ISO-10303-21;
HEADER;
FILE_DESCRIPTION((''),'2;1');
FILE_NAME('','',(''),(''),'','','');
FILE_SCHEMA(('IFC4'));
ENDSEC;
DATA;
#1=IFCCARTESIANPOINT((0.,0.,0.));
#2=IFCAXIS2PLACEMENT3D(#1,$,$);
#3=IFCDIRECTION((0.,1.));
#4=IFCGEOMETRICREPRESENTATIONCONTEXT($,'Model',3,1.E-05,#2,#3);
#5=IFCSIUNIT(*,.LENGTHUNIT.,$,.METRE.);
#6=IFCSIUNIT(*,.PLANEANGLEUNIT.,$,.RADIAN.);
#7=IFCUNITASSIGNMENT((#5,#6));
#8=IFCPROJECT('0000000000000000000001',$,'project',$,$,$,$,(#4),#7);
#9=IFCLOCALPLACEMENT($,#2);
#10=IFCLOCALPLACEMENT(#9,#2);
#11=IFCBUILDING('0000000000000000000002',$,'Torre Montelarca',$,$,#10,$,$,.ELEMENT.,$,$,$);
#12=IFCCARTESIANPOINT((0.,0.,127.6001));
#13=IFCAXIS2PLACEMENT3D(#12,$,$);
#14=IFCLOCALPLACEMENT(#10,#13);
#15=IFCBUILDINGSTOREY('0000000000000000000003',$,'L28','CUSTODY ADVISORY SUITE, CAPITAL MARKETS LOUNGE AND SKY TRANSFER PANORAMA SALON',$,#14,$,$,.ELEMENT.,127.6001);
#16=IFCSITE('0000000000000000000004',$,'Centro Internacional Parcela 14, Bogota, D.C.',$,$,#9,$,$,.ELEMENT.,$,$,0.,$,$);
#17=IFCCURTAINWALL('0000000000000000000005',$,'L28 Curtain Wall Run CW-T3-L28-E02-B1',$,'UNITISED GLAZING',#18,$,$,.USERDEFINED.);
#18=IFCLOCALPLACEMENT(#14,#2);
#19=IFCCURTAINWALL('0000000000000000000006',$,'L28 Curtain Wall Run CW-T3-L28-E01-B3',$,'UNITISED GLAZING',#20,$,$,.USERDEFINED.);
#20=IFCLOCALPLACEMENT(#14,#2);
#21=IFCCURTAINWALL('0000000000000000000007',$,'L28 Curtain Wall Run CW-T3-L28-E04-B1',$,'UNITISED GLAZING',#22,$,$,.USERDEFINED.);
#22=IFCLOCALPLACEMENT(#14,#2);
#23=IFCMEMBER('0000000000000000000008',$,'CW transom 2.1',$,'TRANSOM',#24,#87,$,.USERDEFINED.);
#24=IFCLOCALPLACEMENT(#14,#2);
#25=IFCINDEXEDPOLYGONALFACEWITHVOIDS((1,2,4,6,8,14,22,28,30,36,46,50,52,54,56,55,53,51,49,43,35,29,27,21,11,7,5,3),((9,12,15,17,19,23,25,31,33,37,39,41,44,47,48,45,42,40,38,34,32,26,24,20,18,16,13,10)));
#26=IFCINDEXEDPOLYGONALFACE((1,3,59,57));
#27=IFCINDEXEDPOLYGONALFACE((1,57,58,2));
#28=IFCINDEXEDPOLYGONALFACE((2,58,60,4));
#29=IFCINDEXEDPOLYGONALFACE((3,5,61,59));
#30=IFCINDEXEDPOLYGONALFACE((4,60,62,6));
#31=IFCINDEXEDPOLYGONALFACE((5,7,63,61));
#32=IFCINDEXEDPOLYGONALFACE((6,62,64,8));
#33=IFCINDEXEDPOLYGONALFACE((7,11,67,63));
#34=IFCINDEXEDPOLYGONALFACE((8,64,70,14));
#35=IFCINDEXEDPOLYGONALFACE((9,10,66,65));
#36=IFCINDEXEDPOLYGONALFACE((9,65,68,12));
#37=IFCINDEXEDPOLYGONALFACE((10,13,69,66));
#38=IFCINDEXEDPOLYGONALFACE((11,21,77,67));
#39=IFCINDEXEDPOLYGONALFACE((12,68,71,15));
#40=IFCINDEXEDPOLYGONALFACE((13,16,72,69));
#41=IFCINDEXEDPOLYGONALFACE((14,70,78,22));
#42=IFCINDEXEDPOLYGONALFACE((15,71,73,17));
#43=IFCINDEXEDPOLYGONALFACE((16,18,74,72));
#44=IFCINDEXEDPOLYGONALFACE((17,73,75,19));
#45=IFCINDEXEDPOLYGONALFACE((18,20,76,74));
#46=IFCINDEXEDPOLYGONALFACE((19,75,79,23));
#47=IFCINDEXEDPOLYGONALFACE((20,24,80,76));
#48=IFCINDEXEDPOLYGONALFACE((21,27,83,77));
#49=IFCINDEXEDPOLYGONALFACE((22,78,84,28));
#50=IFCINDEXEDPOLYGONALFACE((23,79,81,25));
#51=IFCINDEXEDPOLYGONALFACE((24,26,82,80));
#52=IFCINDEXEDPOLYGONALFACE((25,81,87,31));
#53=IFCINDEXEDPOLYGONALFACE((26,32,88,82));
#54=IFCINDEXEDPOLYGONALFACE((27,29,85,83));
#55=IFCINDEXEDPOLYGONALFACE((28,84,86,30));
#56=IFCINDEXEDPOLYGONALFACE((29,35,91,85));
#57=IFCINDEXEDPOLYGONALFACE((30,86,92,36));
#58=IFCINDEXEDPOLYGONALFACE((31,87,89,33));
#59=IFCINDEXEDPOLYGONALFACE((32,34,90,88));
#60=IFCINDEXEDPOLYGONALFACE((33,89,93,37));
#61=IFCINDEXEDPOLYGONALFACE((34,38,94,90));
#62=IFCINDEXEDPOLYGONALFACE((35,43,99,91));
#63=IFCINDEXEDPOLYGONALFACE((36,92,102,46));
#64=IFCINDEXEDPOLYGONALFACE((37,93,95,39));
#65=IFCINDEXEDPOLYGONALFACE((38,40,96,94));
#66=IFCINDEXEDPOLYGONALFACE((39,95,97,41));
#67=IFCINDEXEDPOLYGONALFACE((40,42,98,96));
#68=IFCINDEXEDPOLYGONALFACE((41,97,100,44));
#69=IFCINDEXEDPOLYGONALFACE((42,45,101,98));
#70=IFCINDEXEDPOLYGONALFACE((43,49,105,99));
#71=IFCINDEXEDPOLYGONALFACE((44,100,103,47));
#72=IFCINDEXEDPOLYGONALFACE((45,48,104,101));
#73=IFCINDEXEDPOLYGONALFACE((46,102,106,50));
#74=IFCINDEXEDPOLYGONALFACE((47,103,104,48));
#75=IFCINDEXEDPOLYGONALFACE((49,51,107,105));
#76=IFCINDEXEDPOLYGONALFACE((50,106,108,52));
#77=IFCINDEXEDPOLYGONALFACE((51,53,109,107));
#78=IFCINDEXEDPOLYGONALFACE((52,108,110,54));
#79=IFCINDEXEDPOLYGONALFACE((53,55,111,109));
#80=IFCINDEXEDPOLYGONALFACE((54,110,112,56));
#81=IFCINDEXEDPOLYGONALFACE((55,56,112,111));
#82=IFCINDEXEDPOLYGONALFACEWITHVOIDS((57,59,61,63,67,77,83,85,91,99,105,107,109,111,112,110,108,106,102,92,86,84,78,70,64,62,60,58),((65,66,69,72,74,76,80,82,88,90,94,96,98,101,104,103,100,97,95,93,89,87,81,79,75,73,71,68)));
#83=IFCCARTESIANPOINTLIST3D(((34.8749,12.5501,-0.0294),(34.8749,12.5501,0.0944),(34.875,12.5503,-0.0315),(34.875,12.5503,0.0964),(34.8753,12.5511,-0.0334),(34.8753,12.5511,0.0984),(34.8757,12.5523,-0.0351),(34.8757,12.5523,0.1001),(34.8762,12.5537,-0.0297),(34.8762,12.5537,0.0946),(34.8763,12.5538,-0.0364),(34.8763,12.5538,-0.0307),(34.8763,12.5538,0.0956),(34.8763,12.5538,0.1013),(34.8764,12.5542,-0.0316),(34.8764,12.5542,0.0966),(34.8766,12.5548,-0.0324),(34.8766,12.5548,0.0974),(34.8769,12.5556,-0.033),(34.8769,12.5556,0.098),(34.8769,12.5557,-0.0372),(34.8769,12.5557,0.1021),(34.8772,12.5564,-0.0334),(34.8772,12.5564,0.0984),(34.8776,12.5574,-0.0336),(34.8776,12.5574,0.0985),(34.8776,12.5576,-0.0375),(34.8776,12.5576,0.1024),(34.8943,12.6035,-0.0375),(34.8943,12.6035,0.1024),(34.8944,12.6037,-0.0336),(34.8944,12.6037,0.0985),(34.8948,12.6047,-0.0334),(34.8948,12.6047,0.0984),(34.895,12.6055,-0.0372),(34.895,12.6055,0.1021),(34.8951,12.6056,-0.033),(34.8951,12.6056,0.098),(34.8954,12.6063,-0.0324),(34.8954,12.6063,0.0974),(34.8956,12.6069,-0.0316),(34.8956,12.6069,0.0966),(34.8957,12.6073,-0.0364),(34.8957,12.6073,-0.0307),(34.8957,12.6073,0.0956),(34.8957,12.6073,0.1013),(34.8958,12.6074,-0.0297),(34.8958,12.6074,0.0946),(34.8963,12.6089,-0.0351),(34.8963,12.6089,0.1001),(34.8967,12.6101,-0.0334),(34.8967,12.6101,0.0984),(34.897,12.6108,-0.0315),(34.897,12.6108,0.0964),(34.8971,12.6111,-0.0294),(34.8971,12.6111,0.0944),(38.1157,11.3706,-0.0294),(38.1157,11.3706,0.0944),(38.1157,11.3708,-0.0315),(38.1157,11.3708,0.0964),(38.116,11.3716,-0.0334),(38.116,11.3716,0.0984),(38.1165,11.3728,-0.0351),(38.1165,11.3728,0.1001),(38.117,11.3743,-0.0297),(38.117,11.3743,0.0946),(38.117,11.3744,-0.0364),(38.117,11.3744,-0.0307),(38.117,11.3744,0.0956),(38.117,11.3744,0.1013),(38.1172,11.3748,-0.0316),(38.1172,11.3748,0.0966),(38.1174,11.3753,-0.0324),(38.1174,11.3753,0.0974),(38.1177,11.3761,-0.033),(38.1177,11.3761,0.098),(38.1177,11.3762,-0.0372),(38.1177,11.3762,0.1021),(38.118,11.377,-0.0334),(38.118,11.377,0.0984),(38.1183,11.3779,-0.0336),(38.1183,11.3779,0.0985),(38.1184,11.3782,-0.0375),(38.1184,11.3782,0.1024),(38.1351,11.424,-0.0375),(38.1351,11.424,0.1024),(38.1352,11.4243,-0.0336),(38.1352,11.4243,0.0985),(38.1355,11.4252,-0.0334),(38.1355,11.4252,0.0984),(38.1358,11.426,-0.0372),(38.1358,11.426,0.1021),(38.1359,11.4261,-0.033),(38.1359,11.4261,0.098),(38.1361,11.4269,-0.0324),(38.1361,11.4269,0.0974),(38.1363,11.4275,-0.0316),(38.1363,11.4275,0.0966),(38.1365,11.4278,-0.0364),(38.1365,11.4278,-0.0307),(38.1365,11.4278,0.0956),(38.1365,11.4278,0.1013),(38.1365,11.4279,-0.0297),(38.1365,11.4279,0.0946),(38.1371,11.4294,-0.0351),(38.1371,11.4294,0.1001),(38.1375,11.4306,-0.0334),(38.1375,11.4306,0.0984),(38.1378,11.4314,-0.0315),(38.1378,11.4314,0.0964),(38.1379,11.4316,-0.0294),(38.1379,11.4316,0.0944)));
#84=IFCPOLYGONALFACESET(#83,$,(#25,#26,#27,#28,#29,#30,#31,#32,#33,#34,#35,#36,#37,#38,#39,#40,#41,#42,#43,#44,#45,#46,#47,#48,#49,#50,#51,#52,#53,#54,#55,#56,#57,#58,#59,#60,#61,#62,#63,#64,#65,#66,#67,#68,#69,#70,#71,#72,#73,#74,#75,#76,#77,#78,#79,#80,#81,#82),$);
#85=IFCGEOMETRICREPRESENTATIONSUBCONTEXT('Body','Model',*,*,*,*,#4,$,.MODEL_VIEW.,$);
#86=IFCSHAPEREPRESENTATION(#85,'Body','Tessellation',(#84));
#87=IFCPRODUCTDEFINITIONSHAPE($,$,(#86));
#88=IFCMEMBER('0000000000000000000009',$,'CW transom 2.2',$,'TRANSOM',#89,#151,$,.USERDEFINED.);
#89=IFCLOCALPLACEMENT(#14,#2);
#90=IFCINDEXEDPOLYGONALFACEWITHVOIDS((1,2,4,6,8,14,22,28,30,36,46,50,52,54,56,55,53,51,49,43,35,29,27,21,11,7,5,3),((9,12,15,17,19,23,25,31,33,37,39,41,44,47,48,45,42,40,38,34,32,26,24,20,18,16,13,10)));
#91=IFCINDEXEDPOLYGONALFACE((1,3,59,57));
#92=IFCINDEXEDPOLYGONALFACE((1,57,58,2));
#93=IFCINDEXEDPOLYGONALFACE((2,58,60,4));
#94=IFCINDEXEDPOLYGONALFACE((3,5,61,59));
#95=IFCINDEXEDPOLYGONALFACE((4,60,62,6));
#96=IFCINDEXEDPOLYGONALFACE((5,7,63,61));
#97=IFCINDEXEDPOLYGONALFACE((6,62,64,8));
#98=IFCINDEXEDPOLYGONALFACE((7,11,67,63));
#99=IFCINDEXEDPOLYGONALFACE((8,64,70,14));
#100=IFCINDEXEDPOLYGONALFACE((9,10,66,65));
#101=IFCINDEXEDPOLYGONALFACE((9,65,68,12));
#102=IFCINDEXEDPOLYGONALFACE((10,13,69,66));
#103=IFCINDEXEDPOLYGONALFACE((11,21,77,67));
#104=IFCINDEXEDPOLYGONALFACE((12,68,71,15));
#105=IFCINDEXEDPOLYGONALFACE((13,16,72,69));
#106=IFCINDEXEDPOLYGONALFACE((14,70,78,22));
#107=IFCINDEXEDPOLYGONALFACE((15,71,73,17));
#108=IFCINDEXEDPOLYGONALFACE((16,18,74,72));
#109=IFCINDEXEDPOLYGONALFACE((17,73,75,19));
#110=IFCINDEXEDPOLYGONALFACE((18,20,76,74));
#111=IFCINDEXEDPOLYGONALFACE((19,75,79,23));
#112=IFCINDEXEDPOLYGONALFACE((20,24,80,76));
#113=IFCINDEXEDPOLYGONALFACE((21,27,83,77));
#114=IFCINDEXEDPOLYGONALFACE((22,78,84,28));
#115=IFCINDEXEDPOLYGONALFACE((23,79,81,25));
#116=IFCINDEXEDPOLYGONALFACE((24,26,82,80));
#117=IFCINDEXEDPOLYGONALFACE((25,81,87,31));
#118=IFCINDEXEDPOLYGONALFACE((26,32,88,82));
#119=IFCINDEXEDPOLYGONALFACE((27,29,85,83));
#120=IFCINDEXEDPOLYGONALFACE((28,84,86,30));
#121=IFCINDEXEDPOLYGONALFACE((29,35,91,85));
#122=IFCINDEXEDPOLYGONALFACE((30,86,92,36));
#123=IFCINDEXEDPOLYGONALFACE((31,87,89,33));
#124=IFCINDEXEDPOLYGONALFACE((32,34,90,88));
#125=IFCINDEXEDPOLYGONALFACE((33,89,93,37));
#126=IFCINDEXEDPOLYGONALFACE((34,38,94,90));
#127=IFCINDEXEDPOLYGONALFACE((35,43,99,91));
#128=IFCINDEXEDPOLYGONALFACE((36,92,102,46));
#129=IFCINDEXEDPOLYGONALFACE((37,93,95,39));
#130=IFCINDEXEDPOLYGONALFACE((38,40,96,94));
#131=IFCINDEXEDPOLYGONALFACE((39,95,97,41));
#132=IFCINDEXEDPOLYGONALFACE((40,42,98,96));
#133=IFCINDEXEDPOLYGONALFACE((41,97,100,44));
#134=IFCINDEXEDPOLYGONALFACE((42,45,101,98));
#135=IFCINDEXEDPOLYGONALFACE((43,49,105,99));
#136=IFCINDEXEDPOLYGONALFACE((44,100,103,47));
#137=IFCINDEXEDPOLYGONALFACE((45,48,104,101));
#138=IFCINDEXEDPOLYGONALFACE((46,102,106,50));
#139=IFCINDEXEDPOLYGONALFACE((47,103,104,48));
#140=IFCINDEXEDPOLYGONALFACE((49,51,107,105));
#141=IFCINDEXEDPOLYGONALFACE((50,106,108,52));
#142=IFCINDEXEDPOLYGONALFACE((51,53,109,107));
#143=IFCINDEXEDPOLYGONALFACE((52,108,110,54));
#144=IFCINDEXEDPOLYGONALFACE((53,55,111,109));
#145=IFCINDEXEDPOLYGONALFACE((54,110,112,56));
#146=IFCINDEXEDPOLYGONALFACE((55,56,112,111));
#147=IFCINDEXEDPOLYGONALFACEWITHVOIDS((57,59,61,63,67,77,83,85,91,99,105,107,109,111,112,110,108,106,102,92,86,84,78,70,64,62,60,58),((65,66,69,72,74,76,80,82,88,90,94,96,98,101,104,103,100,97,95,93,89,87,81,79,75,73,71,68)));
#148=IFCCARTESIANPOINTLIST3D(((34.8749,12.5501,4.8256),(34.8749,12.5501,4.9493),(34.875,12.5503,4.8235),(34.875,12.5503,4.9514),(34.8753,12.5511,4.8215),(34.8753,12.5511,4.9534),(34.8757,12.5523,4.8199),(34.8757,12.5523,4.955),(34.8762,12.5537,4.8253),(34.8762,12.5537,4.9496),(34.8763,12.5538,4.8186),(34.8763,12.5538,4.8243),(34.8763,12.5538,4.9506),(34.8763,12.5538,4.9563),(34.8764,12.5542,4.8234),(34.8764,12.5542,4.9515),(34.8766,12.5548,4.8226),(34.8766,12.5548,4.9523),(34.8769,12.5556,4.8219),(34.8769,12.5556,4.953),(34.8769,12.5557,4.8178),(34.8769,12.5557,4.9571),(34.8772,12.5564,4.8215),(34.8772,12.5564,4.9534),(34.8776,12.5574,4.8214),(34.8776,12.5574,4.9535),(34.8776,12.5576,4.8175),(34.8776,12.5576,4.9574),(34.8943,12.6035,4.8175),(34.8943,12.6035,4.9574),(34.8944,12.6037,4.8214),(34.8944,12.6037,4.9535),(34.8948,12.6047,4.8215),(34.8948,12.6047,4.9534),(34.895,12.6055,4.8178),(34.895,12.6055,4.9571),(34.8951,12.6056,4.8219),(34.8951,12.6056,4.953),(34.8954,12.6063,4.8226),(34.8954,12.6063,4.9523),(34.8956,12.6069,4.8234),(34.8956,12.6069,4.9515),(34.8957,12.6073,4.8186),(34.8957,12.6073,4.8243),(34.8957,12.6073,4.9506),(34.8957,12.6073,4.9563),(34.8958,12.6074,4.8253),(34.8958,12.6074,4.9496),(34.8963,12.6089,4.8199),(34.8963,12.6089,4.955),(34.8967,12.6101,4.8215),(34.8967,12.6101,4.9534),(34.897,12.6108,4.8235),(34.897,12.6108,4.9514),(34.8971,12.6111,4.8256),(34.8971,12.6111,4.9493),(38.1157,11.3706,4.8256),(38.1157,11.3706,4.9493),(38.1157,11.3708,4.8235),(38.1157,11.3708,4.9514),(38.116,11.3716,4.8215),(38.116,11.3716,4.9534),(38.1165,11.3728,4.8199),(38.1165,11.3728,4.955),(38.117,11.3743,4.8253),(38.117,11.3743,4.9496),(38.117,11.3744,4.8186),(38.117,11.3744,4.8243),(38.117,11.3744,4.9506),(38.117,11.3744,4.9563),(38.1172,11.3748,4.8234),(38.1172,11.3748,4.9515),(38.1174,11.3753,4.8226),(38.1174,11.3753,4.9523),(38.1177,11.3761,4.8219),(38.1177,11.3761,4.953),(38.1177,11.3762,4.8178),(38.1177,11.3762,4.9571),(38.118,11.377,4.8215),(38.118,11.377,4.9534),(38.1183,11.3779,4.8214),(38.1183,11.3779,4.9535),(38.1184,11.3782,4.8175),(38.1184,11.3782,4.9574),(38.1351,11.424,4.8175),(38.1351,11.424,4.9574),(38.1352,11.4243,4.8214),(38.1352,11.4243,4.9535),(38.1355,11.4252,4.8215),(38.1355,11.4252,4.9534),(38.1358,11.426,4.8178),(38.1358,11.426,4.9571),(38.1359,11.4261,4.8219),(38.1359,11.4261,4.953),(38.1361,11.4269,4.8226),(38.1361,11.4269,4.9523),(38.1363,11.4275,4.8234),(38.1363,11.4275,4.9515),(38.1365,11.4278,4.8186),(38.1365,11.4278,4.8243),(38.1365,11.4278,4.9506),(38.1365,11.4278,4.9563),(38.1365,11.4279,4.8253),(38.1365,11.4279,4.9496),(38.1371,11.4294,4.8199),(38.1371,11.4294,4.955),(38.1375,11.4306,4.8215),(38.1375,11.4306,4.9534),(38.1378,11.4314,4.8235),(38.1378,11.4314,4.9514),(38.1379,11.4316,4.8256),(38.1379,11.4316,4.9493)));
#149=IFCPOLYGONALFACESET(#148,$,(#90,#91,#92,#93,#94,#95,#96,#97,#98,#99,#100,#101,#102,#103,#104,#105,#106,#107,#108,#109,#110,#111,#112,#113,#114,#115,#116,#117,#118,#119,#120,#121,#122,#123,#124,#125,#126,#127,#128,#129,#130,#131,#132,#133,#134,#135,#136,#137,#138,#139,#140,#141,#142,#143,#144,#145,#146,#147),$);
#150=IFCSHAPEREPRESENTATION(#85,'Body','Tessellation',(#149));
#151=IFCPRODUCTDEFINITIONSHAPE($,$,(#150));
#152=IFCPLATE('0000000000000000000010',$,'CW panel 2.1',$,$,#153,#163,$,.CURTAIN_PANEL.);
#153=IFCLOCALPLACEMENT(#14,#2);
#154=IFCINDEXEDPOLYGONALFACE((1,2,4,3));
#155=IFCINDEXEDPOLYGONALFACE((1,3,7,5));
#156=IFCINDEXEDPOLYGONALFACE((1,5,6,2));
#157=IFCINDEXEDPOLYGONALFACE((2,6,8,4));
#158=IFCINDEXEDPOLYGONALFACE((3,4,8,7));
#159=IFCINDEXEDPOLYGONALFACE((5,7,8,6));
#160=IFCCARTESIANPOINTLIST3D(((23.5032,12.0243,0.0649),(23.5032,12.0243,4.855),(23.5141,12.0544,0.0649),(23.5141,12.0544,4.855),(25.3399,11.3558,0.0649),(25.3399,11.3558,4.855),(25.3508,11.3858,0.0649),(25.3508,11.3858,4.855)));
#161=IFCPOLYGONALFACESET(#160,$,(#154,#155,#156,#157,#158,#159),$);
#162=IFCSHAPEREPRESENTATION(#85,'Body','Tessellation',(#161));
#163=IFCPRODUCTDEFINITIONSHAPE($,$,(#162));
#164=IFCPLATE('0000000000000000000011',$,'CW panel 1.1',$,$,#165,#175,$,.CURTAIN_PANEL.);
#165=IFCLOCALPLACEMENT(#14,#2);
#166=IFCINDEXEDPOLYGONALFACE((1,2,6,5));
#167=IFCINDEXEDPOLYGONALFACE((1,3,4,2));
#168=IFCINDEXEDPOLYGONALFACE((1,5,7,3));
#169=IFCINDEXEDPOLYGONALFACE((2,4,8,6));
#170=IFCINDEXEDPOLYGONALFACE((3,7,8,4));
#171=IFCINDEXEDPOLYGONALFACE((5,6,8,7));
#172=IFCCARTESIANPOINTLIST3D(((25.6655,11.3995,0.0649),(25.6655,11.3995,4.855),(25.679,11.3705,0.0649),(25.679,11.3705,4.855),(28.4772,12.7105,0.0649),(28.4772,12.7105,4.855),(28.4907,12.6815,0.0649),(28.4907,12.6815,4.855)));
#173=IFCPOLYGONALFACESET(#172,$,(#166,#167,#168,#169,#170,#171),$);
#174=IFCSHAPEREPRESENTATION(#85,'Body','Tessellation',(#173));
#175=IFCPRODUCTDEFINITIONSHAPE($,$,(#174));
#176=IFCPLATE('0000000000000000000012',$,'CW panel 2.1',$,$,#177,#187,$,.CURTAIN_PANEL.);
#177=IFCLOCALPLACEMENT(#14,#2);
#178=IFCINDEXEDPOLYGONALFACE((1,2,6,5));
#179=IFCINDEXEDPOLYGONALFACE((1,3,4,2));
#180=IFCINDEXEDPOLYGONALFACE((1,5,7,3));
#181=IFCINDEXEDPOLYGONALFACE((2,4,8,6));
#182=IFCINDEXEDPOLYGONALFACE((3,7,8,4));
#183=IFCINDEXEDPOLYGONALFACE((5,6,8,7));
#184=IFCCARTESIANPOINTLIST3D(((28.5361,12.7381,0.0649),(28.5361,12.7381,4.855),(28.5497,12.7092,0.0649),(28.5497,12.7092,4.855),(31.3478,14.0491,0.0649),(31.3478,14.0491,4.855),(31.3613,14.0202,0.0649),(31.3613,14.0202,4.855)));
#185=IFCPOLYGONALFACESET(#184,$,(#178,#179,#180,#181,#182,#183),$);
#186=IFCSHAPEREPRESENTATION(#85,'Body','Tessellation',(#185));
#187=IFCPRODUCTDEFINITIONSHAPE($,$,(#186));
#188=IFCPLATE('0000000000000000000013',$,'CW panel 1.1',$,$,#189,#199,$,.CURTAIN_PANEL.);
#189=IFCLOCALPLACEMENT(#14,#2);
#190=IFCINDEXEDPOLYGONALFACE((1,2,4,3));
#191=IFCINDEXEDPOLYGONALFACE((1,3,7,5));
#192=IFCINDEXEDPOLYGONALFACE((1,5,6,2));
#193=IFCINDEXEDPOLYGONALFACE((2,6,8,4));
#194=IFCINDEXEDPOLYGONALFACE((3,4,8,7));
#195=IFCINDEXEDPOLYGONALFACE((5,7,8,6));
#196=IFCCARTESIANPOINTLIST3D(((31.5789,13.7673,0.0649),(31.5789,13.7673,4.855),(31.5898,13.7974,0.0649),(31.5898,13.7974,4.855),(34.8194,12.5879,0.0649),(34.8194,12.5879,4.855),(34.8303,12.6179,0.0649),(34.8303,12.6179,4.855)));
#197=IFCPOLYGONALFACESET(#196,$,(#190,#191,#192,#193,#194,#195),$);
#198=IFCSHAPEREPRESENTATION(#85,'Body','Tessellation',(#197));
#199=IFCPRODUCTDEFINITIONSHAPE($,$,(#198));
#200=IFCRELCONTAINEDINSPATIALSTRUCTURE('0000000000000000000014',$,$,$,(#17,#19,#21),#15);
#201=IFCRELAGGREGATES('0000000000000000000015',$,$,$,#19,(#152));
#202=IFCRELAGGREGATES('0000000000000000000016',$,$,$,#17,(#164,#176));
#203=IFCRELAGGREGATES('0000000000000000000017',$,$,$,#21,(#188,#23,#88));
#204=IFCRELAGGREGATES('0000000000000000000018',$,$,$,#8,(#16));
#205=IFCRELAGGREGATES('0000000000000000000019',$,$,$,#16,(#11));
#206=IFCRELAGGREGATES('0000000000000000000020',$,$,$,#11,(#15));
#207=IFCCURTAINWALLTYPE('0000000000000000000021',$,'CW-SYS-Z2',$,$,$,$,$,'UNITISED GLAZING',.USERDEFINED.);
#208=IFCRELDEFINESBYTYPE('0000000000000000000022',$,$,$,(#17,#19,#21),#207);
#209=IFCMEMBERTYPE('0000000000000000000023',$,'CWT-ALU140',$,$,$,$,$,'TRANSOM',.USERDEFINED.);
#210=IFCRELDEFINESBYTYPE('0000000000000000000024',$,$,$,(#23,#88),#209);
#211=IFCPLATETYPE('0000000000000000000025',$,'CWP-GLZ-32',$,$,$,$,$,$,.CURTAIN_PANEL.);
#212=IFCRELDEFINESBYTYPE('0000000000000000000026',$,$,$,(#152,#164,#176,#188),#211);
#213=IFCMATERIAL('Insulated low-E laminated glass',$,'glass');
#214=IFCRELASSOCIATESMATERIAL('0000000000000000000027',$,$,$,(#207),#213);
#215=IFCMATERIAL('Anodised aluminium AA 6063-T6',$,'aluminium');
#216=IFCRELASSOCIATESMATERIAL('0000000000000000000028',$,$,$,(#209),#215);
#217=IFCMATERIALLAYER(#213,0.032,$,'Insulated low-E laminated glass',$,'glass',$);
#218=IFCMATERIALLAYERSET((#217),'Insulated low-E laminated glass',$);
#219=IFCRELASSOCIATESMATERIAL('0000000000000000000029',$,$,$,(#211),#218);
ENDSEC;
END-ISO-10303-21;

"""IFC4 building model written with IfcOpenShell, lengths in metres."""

from ifc_helpers import new_model, si_unit, direction, frame, origin, origin_2d, place, context, subcontext, project, spatial, rectangle, hollow_rectangle, extrude, source, transform, mapped, material, layer, layer_set, material_profile, profile_set, type_object, element, aggregate, save


model = new_model("IFC4")

# Units and contexts
model_context = context("Model", 3, precision=1e-05, world=origin(), true_north=direction((0.0, 1.0)))
body_context = subcontext(model_context, "Body", "Model", "MODEL_VIEW")
ifc_project = project(units=[si_unit("LENGTHUNIT", "METRE"), si_unit("PLANEANGLEUNIT", "RADIAN")], contexts=[model_context])

# Site, building, storey
site_placement = place(None, origin())
site = spatial("IfcSite", under=ifc_project, at=site_placement, Name="Centro Internacional Parcela 14, Bogota, D.C.", CompositionType="ELEMENT", RefElevation=0.0)
building_placement = place(site_placement, origin())
building = spatial("IfcBuilding", under=site, at=building_placement, Name="Torre Montelarca", CompositionType="ELEMENT")
storey_placement = place(building_placement, frame((0.0, 0.0, 127.6001)))
storey = spatial("IfcBuildingStorey", under=building, at=storey_placement, Name="L28", Description="CUSTODY ADVISORY SUITE, CAPITAL MARKETS LOUNGE AND SKY TRANSFER PANORAMA SALON", CompositionType="ELEMENT", Elevation=127.6001)

# Curtain walls
ifc_material_1 = material(Name="Insulated low-E laminated glass", Category="glass")
curtain_wall_type = type_object("IfcCurtainWallType", Name="CW-SYS-Z2", ElementType="UNITISED GLAZING", PredefinedType="USERDEFINED", material=ifc_material_1)
curtain_wall_1_placement = place(storey_placement, origin())
curtain_wall_1 = element("IfcCurtainWall", 1, at=curtain_wall_1_placement, inside=storey, type_object=curtain_wall_type, Name="L28 Curtain Wall Run CW-T3-L28-E02-B1", ObjectType="UNITISED GLAZING", PredefinedType="USERDEFINED")
ifc_material_2 = material(Name="Anodised aluminium AA 6063-T6", Category="aluminium")
ifc_material_profile_1 = material_profile(ifc_material_2, hollow_rectangle(XDim=0.0649, YDim=0.1399, WallThickness=0.0039, InnerFilletRadius=0.0039, OuterFilletRadius=0.0081, at=origin_2d()), Name="ALU65X140X4", Category="aluminium")
ifc_profile_set_1 = profile_set([ifc_material_profile_1], Name="Anodised aluminium AA 6063-T6")
member_type_1 = type_object("IfcMemberType", Name="CWT-ALU140", ElementType="TRANSOM", PredefinedType="USERDEFINED", material=ifc_profile_set_1)
curtain_wall_2_placement = place(storey_placement, origin())
curtain_wall_2 = element("IfcCurtainWall", 2, at=curtain_wall_2_placement, inside=storey, type_object=curtain_wall_type, Name="L28 Curtain Wall Run CW-T3-L28-E01-B3", ObjectType="UNITISED GLAZING", PredefinedType="USERDEFINED")

# Curtain wall
curtain_wall_3_placement = place(storey_placement, origin())
curtain_wall_3 = element("IfcCurtainWall", 3, at=curtain_wall_3_placement, inside=storey, type_object=curtain_wall_type, Name="L28 Curtain Wall Run CW-T3-L28-E04-B1", ObjectType="UNITISED GLAZING", PredefinedType="USERDEFINED")

# Members
shared_shape_1 = source(origin(), body_context, "Body", "SweptSolid", [
    extrude(hollow_rectangle(XDim=0.0649, YDim=0.1399, WallThickness=0.0039, InnerFilletRadius=0.0039, OuterFilletRadius=0.0081, at=origin_2d()), origin(), (0.0, 0.0, 1.0), 3.4487),
])
member_1_placement = place(storey_placement, frame((34.886, 12.5806, 0.0325), z_axis=(0.9397, -0.341999, 0.0), x_axis=(0.341999, 0.9397, 0.0)))
member_1 = element("IfcMember", 4, at=member_1_placement, type_object=member_type_1, Name="CW transom 2.1", ObjectType="TRANSOM", PredefinedType="USERDEFINED", context=body_context, shape_type="MappedRepresentation", body=[
    mapped(shared_shape_1, transform((0.0, 0.0, 0.0), scale=1.0)),
])
member_2_placement = place(storey_placement, frame((34.886, 12.5806, 4.8875), z_axis=(0.9397, -0.341999, 0.0), x_axis=(0.341999, 0.9397, 0.0)))
member_2 = element("IfcMember", 5, at=member_2_placement, type_object=member_type_1, Name="CW transom 2.2", ObjectType="TRANSOM", PredefinedType="USERDEFINED", context=body_context, shape_type="MappedRepresentation", body=[
    mapped(shared_shape_1, transform((0.0, 0.0, 0.0), scale=1.0)),
])

# Plates
ifc_layer_1 = layer(ifc_material_1, 0.032, Name="Insulated low-E laminated glass", Category="glass")
ifc_layer_set_1 = layer_set([ifc_layer_1], Name="Insulated low-E laminated glass")
plate_type = type_object("IfcPlateType", Name="CWP-GLZ-32", PredefinedType="CURTAIN_PANEL", material=ifc_layer_set_1)
shared_shape_2 = source(origin(), body_context, "Body", "SweptSolid", [
    extrude(rectangle(XDim=1.9546, YDim=0.032, at=origin_2d()), origin(), (0.0, 0.0, 1.0), 4.79),
])
plate_1_placement = place(storey_placement, frame((24.427, 11.7051, 0.0649), z_axis=(0.0, 0.0, 1.0), x_axis=(0.939692, -0.342023, 0.0)))
plate_1 = element("IfcPlate", 6, at=plate_1_placement, type_object=plate_type, Name="CW panel 2.1", PredefinedType="CURTAIN_PANEL", context=body_context, shape_type="MappedRepresentation", body=[
    mapped(shared_shape_2, transform((0.0, 0.0, 0.0), scale=1.0)),
])
aggregate(curtain_wall_2, [plate_1])
shared_shape_3 = source(origin(), body_context, "Body", "SweptSolid", [
    extrude(rectangle(XDim=3.1023, YDim=0.032, at=origin_2d()), origin(), (0.0, 0.0, 1.0), 4.79),
])
plate_2_placement = place(storey_placement, frame((27.0781, 12.0405, 0.0649), z_axis=(0.0, 0.0, 1.0), x_axis=(0.906321, 0.422589, 0.0)))
plate_2 = element("IfcPlate", 7, at=plate_2_placement, type_object=plate_type, Name="CW panel 1.1", PredefinedType="CURTAIN_PANEL", context=body_context, shape_type="MappedRepresentation", body=[
    mapped(shared_shape_3, transform((0.0, 0.0, 0.0), scale=1.0)),
])
plate_3_placement = place(storey_placement, frame((29.9487, 13.3792, 0.0649), z_axis=(0.0, 0.0, 1.0), x_axis=(0.906321, 0.422589, 0.0)))
plate_3 = element("IfcPlate", 8, at=plate_3_placement, type_object=plate_type, Name="CW panel 2.1", PredefinedType="CURTAIN_PANEL", context=body_context, shape_type="MappedRepresentation", body=[
    mapped(shared_shape_3, transform((0.0, 0.0, 0.0), scale=1.0)),
])
aggregate(curtain_wall_1, [plate_2, plate_3])
shared_shape_4 = source(origin(), body_context, "Body", "SweptSolid", [
    extrude(rectangle(XDim=3.4485, YDim=0.032, at=origin_2d()), origin(), (0.0, 0.0, 1.0), 4.79),
])
plate_4_placement = place(storey_placement, frame((33.2046, 13.1926, 0.0649), z_axis=(0.0, 0.0, 1.0), x_axis=(0.939695, -0.342015, 0.0)))
plate_4 = element("IfcPlate", 9, at=plate_4_placement, type_object=plate_type, Name="CW panel 1.1", PredefinedType="CURTAIN_PANEL", context=body_context, shape_type="MappedRepresentation", body=[
    mapped(shared_shape_4, transform((0.0, 0.0, 0.0), scale=1.0)),
])
aggregate(curtain_wall_3, [plate_4, member_1, member_2])

save(model, "model.ifc")
